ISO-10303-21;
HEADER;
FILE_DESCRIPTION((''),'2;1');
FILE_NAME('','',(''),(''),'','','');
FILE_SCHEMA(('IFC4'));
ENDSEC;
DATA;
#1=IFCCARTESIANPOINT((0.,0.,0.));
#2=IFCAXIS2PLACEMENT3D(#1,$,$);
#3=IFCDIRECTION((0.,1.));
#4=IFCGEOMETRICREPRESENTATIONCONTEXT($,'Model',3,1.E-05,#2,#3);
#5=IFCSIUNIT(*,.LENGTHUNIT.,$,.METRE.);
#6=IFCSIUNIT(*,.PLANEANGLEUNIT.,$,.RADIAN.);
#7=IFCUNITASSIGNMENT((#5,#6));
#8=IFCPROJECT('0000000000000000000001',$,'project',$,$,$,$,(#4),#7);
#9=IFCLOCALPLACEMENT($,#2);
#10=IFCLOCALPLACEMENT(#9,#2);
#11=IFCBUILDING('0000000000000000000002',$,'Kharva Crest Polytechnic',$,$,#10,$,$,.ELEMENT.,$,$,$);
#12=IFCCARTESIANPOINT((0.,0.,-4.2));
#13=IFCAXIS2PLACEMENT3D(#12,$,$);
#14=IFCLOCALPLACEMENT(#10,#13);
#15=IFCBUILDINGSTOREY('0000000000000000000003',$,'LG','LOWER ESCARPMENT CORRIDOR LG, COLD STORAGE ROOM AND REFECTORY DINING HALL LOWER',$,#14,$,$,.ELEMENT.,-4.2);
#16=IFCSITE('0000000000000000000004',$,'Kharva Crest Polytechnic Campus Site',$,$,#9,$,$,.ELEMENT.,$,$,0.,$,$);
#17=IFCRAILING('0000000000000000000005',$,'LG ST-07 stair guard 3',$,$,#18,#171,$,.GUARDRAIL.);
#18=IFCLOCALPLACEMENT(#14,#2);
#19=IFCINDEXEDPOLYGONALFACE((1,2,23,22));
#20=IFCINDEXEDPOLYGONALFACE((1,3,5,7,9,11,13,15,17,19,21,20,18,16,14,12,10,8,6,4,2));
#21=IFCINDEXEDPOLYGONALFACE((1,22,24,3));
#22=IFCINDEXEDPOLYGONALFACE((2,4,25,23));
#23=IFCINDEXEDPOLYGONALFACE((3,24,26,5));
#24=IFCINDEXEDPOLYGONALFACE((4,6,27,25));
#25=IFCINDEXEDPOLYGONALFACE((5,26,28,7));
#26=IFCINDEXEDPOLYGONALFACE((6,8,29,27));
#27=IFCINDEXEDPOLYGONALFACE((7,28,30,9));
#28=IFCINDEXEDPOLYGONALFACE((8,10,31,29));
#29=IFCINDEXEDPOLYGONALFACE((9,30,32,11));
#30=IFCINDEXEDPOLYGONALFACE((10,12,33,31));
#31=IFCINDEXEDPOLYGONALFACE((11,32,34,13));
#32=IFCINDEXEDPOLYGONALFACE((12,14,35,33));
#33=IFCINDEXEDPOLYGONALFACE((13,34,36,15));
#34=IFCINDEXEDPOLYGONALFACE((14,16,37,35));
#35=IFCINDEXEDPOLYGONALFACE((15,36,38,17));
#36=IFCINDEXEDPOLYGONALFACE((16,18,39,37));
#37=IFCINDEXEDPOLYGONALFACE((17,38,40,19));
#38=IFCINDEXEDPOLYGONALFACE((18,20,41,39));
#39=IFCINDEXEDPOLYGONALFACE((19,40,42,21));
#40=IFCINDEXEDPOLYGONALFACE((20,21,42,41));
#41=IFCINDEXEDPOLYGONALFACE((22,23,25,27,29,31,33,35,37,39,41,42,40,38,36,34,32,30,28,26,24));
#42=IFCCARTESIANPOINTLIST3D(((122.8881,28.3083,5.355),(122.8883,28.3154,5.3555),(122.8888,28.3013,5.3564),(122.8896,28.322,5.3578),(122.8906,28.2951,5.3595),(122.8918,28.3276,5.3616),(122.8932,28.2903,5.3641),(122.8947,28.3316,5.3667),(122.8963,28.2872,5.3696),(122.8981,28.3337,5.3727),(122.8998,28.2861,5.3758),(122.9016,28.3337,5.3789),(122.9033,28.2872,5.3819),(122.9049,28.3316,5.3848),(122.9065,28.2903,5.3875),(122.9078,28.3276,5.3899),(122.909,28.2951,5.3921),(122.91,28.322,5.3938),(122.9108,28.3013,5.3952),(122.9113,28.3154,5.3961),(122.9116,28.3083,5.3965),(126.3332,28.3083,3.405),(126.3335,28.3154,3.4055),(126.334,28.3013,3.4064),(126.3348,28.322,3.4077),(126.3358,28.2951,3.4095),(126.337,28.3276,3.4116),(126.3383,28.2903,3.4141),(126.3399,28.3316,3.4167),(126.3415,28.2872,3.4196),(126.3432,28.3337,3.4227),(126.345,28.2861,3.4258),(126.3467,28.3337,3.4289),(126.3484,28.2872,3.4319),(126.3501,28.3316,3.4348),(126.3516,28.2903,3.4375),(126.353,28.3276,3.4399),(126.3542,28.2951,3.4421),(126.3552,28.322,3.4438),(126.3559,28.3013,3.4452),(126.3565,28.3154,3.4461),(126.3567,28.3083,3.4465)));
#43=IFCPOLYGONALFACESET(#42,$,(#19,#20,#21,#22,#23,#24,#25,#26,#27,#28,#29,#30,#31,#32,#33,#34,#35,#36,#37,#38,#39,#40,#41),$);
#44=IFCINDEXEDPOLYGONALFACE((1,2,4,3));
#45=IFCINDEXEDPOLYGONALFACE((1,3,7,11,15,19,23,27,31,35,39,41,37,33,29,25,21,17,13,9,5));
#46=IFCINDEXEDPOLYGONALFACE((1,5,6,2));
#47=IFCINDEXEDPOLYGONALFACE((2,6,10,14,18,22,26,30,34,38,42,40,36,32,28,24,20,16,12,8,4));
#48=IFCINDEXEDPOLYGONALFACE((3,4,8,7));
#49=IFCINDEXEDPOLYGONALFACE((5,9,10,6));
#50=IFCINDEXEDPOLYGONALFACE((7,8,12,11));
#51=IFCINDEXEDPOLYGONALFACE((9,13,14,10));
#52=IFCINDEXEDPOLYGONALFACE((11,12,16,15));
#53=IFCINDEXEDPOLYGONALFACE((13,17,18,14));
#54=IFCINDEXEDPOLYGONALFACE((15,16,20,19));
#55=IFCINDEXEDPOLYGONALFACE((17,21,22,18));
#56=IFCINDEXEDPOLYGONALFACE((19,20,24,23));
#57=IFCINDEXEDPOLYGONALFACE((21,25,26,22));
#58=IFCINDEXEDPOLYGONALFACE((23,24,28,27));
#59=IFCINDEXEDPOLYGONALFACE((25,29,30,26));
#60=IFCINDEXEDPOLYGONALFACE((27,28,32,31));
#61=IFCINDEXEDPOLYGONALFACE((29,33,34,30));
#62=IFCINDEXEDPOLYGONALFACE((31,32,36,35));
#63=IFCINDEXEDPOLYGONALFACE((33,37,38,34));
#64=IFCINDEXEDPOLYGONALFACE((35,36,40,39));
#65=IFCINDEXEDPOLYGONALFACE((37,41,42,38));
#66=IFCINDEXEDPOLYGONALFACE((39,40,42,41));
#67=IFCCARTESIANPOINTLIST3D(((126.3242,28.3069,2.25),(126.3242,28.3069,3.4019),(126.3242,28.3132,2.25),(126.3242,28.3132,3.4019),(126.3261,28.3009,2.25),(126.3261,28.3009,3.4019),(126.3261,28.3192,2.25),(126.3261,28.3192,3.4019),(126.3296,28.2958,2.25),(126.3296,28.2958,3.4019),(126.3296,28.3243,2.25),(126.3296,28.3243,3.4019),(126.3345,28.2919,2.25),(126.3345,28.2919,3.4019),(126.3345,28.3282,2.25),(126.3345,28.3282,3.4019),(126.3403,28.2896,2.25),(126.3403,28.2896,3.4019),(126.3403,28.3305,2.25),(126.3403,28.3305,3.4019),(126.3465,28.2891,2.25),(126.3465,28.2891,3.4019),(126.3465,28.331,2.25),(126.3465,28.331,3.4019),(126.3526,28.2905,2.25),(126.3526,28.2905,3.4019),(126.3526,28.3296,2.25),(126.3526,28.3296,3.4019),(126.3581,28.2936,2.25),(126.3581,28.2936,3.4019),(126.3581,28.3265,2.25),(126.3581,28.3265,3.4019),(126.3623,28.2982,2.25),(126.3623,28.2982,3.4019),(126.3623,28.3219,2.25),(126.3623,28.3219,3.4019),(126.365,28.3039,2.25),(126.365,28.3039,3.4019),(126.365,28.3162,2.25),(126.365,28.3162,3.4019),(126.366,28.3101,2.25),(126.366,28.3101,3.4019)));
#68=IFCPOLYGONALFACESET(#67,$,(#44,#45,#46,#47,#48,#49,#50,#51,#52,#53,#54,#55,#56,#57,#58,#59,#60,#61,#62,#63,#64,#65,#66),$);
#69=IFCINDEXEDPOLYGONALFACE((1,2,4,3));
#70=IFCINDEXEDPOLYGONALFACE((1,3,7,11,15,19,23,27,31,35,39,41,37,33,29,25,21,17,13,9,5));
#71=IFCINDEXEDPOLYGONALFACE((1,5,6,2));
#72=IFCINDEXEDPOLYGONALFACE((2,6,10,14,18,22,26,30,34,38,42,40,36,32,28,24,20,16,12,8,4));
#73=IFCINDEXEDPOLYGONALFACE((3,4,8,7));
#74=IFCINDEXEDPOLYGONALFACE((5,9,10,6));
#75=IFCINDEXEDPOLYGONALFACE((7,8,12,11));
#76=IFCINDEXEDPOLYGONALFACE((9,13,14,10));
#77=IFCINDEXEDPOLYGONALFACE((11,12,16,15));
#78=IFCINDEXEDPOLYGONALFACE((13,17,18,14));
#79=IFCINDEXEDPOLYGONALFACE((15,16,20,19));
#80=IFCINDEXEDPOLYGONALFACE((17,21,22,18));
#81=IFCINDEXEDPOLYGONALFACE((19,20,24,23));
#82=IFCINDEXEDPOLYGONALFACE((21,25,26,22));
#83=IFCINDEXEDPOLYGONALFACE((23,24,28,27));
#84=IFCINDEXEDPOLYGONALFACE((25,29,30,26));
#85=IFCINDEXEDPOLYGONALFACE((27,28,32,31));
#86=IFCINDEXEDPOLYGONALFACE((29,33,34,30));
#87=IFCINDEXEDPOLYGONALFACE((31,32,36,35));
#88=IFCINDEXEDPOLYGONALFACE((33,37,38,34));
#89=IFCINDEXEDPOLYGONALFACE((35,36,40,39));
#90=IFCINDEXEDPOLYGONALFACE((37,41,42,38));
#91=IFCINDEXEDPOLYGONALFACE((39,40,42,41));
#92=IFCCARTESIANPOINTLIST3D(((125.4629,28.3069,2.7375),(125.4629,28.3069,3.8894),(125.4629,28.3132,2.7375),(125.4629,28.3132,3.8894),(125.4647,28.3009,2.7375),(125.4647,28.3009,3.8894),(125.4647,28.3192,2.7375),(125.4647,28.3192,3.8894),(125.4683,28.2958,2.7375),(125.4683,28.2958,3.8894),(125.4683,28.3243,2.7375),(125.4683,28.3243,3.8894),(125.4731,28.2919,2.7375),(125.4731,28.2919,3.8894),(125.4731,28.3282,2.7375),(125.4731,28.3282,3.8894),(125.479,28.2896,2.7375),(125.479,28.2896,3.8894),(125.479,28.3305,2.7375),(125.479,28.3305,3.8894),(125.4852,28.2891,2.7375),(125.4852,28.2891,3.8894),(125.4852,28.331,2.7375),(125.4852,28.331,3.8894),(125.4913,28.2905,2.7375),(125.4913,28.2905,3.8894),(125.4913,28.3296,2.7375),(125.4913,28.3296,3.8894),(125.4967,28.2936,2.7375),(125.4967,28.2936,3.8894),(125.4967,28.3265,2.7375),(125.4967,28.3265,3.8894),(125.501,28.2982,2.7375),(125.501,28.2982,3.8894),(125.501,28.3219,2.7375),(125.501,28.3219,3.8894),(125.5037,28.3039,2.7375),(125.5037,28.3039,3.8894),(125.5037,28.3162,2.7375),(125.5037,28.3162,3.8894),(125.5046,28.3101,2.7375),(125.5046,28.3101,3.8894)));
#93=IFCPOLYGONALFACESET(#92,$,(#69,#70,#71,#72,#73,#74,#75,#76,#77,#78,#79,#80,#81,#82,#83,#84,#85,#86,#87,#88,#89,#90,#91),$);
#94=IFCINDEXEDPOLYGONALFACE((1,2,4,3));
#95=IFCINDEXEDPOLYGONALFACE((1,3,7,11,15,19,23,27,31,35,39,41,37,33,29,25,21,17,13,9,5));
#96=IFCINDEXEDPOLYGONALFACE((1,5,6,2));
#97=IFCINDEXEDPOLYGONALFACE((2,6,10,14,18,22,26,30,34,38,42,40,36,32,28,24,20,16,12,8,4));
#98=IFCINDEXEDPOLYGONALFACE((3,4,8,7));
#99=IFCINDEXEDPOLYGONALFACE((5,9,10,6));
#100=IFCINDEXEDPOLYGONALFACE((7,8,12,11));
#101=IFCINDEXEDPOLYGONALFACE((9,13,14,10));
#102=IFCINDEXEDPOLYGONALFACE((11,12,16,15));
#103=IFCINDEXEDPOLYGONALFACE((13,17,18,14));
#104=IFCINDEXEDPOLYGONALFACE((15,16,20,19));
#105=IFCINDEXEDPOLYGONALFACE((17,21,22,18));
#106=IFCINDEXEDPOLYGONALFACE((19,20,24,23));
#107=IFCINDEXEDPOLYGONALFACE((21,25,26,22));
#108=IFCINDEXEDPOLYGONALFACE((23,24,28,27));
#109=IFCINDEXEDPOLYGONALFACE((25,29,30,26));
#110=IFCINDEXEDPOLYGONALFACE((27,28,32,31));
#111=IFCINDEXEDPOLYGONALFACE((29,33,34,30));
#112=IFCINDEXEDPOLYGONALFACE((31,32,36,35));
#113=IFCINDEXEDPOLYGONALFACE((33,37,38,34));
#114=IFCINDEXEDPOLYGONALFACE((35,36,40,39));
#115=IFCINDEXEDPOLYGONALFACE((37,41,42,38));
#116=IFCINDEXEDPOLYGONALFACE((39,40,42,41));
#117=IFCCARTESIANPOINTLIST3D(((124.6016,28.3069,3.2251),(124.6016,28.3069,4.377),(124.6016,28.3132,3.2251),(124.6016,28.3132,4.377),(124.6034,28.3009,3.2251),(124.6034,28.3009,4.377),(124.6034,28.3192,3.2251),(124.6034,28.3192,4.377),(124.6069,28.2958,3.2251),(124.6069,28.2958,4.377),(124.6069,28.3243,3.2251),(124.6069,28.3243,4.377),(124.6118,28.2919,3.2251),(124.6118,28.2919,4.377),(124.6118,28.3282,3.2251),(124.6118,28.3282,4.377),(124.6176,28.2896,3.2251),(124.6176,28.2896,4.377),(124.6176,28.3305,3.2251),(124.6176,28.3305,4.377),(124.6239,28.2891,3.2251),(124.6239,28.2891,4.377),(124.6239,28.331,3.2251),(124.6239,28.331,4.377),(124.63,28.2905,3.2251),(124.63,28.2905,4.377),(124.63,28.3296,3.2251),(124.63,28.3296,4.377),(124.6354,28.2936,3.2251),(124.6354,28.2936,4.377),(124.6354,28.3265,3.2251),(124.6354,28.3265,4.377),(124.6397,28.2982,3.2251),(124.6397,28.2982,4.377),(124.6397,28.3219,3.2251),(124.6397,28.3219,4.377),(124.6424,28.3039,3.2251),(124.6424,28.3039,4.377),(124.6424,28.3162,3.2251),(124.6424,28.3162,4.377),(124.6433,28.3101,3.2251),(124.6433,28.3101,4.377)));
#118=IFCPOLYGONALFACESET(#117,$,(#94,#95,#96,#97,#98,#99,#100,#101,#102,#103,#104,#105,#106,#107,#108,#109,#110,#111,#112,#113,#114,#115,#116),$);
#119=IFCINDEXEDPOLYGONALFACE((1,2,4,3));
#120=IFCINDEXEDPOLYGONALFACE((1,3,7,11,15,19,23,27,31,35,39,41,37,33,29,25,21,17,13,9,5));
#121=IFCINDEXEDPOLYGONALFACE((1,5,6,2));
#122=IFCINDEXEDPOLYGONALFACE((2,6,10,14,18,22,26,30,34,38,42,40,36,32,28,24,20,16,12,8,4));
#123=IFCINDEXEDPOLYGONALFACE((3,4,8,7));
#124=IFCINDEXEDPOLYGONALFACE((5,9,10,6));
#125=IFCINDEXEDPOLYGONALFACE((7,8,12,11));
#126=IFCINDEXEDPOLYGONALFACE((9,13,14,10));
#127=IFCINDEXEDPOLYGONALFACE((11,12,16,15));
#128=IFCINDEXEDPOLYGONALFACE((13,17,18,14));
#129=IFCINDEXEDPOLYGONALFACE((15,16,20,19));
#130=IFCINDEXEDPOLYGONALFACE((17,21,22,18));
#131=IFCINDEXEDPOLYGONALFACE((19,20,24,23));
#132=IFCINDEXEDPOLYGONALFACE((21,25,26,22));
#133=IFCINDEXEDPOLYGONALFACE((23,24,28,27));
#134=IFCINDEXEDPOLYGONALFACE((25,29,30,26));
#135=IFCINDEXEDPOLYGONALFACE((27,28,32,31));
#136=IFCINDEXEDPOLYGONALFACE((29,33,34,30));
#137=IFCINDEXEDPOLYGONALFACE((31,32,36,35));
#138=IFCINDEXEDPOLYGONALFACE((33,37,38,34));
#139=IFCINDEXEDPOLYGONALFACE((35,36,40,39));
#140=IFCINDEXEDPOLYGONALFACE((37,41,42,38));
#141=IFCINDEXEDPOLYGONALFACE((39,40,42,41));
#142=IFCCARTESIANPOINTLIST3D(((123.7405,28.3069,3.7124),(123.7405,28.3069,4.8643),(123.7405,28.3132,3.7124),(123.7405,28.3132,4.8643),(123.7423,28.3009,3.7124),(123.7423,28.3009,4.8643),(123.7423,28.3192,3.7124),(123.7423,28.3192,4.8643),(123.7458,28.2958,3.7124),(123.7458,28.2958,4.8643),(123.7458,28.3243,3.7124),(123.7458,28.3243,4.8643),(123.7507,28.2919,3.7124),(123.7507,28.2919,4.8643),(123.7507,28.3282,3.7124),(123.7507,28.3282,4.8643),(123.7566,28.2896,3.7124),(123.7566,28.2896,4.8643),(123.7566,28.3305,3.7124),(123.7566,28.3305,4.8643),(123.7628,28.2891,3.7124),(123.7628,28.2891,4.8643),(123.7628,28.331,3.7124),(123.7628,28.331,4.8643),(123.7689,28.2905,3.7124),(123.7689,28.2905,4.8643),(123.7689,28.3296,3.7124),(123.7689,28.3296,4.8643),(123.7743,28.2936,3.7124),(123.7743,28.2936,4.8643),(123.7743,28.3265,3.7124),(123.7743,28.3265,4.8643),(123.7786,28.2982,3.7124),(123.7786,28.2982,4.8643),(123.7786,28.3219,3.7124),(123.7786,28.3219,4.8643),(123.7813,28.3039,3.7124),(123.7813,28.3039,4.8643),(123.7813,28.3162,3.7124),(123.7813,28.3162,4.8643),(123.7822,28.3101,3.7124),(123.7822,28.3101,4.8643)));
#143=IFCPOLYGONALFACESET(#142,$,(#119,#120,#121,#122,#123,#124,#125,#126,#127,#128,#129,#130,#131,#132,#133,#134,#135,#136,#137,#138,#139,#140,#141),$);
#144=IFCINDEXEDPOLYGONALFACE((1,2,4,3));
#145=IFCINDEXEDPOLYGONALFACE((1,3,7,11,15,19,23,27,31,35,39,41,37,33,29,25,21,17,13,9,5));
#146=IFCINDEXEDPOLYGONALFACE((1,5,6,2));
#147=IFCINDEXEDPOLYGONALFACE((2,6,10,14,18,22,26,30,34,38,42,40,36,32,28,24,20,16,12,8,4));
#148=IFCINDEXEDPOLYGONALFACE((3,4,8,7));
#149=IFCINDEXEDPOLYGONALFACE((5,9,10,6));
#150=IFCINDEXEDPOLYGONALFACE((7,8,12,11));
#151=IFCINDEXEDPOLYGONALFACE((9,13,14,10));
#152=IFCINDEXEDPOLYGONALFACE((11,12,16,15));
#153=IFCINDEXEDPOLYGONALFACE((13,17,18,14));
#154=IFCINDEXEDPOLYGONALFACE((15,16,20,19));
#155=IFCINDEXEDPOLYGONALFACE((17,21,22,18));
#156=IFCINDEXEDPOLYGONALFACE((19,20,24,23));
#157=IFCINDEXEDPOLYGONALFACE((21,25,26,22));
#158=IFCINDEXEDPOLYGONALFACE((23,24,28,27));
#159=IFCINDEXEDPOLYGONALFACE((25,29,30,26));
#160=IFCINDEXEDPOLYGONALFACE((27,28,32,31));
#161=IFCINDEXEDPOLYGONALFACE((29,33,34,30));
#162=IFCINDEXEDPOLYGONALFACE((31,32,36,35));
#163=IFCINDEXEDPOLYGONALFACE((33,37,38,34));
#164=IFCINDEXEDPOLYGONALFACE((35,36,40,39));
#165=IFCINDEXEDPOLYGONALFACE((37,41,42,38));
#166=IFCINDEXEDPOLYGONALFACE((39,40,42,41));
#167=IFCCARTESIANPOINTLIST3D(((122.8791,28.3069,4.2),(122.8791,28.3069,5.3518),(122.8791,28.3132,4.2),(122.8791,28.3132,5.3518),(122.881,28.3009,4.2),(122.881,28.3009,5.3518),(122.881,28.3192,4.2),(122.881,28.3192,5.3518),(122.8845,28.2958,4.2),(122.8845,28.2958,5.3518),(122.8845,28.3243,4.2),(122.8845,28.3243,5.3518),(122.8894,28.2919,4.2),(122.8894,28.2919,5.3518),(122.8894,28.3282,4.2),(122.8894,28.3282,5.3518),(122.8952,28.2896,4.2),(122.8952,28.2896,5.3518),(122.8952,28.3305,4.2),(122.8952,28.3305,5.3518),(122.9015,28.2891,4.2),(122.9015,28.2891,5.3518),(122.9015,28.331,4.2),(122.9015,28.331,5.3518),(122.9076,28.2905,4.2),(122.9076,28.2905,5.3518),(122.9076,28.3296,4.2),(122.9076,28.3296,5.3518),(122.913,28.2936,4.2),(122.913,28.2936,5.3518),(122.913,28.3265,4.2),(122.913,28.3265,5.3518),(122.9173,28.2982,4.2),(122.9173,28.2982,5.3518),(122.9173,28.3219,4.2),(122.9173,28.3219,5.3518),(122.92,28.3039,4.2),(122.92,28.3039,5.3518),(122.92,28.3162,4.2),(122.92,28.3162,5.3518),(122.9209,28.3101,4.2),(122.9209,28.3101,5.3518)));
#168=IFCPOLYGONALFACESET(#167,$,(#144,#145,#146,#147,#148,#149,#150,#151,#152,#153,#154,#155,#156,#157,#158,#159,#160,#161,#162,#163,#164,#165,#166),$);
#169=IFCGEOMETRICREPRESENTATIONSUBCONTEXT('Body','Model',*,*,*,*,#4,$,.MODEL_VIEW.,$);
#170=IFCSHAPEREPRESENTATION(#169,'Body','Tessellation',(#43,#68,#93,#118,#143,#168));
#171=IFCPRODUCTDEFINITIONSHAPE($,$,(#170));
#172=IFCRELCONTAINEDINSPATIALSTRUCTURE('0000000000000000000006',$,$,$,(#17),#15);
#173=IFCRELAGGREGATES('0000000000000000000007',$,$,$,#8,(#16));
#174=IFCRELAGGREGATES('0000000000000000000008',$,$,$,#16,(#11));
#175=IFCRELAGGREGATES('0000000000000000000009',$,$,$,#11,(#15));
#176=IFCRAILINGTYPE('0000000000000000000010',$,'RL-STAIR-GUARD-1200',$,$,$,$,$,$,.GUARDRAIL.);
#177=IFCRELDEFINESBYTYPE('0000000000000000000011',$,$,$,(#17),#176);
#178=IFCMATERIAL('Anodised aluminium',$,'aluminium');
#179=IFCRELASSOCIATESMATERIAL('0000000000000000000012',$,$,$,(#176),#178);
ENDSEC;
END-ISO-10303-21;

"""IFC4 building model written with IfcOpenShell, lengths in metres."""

from ifc_helpers import new_model, si_unit, direction, frame, origin, origin_2d, place, context, subcontext, project, spatial, circle, extrude, material, type_object, element, save


model = new_model("IFC4")

# Units and contexts
model_context = context("Model", 3, precision=1e-05, world=origin(), true_north=direction((0.0, 1.0)))
body_context = subcontext(model_context, "Body", "Model", "MODEL_VIEW")
ifc_project = project(units=[si_unit("LENGTHUNIT", "METRE"), si_unit("PLANEANGLEUNIT", "RADIAN")], contexts=[model_context])

# Site, building, storey
site_placement = place(None, origin())
site = spatial("IfcSite", under=ifc_project, at=site_placement, Name="Kharva Crest Polytechnic Campus Site", CompositionType="ELEMENT", RefElevation=0.0)
building_placement = place(site_placement, origin())
building = spatial("IfcBuilding", under=site, at=building_placement, Name="Kharva Crest Polytechnic", CompositionType="ELEMENT")
storey_placement = place(building_placement, frame((0.0, 0.0, -4.2)))
storey = spatial("IfcBuildingStorey", under=building, at=storey_placement, Name="LG", Description="LOWER ESCARPMENT CORRIDOR LG, COLD STORAGE ROOM AND REFECTORY DINING HALL LOWER", CompositionType="ELEMENT", Elevation=-4.2)

# Railing
ifc_material_1 = material(Name="Anodised aluminium", Category="aluminium")
railing_type_1 = type_object("IfcRailingType", Name="RL-STAIR-GUARD-1200", PredefinedType="GUARDRAIL", material=ifc_material_1)
railing_1_placement = place(storey_placement, frame((126.345, 28.3101, 2.25)))
element("IfcRailing", 1, at=railing_1_placement, inside=storey, type_object=railing_type_1, Name="LG ST-07 stair guard 3", PredefinedType="GUARDRAIL", context=body_context, shape_type="SweptSolid", body=[
    extrude(circle(Radius=0.0239, at=origin_2d()), frame((0.0, 0.0, 1.1758), z_axis=(-0.870266, 0.0, 0.492581), x_axis=(0.0, -1.0, 0.0)), (0.0, 0.0, 1.0), 3.9587),
    extrude(circle(Radius=0.021, at=origin_2d()), origin(), (0.0, 0.0, 1.0), 1.1519),
    extrude(circle(Radius=0.021, at=origin_2d()), frame((-0.8613, 0.0, 0.4875)), (0.0, 0.0, 1.0), 1.1519),
    extrude(circle(Radius=0.021, at=origin_2d()), frame((-1.7227, 0.0, 0.9751)), (0.0, 0.0, 1.0), 1.1519),
    extrude(circle(Radius=0.021, at=origin_2d()), frame((-2.5837, 0.0, 1.4624)), (0.0, 0.0, 1.0), 1.1519),
    extrude(circle(Radius=0.021, at=origin_2d()), frame((-3.4451, 0.0, 1.95)), (0.0, 0.0, 1.0), 1.1519),
])

save(model, "model.ifc")
